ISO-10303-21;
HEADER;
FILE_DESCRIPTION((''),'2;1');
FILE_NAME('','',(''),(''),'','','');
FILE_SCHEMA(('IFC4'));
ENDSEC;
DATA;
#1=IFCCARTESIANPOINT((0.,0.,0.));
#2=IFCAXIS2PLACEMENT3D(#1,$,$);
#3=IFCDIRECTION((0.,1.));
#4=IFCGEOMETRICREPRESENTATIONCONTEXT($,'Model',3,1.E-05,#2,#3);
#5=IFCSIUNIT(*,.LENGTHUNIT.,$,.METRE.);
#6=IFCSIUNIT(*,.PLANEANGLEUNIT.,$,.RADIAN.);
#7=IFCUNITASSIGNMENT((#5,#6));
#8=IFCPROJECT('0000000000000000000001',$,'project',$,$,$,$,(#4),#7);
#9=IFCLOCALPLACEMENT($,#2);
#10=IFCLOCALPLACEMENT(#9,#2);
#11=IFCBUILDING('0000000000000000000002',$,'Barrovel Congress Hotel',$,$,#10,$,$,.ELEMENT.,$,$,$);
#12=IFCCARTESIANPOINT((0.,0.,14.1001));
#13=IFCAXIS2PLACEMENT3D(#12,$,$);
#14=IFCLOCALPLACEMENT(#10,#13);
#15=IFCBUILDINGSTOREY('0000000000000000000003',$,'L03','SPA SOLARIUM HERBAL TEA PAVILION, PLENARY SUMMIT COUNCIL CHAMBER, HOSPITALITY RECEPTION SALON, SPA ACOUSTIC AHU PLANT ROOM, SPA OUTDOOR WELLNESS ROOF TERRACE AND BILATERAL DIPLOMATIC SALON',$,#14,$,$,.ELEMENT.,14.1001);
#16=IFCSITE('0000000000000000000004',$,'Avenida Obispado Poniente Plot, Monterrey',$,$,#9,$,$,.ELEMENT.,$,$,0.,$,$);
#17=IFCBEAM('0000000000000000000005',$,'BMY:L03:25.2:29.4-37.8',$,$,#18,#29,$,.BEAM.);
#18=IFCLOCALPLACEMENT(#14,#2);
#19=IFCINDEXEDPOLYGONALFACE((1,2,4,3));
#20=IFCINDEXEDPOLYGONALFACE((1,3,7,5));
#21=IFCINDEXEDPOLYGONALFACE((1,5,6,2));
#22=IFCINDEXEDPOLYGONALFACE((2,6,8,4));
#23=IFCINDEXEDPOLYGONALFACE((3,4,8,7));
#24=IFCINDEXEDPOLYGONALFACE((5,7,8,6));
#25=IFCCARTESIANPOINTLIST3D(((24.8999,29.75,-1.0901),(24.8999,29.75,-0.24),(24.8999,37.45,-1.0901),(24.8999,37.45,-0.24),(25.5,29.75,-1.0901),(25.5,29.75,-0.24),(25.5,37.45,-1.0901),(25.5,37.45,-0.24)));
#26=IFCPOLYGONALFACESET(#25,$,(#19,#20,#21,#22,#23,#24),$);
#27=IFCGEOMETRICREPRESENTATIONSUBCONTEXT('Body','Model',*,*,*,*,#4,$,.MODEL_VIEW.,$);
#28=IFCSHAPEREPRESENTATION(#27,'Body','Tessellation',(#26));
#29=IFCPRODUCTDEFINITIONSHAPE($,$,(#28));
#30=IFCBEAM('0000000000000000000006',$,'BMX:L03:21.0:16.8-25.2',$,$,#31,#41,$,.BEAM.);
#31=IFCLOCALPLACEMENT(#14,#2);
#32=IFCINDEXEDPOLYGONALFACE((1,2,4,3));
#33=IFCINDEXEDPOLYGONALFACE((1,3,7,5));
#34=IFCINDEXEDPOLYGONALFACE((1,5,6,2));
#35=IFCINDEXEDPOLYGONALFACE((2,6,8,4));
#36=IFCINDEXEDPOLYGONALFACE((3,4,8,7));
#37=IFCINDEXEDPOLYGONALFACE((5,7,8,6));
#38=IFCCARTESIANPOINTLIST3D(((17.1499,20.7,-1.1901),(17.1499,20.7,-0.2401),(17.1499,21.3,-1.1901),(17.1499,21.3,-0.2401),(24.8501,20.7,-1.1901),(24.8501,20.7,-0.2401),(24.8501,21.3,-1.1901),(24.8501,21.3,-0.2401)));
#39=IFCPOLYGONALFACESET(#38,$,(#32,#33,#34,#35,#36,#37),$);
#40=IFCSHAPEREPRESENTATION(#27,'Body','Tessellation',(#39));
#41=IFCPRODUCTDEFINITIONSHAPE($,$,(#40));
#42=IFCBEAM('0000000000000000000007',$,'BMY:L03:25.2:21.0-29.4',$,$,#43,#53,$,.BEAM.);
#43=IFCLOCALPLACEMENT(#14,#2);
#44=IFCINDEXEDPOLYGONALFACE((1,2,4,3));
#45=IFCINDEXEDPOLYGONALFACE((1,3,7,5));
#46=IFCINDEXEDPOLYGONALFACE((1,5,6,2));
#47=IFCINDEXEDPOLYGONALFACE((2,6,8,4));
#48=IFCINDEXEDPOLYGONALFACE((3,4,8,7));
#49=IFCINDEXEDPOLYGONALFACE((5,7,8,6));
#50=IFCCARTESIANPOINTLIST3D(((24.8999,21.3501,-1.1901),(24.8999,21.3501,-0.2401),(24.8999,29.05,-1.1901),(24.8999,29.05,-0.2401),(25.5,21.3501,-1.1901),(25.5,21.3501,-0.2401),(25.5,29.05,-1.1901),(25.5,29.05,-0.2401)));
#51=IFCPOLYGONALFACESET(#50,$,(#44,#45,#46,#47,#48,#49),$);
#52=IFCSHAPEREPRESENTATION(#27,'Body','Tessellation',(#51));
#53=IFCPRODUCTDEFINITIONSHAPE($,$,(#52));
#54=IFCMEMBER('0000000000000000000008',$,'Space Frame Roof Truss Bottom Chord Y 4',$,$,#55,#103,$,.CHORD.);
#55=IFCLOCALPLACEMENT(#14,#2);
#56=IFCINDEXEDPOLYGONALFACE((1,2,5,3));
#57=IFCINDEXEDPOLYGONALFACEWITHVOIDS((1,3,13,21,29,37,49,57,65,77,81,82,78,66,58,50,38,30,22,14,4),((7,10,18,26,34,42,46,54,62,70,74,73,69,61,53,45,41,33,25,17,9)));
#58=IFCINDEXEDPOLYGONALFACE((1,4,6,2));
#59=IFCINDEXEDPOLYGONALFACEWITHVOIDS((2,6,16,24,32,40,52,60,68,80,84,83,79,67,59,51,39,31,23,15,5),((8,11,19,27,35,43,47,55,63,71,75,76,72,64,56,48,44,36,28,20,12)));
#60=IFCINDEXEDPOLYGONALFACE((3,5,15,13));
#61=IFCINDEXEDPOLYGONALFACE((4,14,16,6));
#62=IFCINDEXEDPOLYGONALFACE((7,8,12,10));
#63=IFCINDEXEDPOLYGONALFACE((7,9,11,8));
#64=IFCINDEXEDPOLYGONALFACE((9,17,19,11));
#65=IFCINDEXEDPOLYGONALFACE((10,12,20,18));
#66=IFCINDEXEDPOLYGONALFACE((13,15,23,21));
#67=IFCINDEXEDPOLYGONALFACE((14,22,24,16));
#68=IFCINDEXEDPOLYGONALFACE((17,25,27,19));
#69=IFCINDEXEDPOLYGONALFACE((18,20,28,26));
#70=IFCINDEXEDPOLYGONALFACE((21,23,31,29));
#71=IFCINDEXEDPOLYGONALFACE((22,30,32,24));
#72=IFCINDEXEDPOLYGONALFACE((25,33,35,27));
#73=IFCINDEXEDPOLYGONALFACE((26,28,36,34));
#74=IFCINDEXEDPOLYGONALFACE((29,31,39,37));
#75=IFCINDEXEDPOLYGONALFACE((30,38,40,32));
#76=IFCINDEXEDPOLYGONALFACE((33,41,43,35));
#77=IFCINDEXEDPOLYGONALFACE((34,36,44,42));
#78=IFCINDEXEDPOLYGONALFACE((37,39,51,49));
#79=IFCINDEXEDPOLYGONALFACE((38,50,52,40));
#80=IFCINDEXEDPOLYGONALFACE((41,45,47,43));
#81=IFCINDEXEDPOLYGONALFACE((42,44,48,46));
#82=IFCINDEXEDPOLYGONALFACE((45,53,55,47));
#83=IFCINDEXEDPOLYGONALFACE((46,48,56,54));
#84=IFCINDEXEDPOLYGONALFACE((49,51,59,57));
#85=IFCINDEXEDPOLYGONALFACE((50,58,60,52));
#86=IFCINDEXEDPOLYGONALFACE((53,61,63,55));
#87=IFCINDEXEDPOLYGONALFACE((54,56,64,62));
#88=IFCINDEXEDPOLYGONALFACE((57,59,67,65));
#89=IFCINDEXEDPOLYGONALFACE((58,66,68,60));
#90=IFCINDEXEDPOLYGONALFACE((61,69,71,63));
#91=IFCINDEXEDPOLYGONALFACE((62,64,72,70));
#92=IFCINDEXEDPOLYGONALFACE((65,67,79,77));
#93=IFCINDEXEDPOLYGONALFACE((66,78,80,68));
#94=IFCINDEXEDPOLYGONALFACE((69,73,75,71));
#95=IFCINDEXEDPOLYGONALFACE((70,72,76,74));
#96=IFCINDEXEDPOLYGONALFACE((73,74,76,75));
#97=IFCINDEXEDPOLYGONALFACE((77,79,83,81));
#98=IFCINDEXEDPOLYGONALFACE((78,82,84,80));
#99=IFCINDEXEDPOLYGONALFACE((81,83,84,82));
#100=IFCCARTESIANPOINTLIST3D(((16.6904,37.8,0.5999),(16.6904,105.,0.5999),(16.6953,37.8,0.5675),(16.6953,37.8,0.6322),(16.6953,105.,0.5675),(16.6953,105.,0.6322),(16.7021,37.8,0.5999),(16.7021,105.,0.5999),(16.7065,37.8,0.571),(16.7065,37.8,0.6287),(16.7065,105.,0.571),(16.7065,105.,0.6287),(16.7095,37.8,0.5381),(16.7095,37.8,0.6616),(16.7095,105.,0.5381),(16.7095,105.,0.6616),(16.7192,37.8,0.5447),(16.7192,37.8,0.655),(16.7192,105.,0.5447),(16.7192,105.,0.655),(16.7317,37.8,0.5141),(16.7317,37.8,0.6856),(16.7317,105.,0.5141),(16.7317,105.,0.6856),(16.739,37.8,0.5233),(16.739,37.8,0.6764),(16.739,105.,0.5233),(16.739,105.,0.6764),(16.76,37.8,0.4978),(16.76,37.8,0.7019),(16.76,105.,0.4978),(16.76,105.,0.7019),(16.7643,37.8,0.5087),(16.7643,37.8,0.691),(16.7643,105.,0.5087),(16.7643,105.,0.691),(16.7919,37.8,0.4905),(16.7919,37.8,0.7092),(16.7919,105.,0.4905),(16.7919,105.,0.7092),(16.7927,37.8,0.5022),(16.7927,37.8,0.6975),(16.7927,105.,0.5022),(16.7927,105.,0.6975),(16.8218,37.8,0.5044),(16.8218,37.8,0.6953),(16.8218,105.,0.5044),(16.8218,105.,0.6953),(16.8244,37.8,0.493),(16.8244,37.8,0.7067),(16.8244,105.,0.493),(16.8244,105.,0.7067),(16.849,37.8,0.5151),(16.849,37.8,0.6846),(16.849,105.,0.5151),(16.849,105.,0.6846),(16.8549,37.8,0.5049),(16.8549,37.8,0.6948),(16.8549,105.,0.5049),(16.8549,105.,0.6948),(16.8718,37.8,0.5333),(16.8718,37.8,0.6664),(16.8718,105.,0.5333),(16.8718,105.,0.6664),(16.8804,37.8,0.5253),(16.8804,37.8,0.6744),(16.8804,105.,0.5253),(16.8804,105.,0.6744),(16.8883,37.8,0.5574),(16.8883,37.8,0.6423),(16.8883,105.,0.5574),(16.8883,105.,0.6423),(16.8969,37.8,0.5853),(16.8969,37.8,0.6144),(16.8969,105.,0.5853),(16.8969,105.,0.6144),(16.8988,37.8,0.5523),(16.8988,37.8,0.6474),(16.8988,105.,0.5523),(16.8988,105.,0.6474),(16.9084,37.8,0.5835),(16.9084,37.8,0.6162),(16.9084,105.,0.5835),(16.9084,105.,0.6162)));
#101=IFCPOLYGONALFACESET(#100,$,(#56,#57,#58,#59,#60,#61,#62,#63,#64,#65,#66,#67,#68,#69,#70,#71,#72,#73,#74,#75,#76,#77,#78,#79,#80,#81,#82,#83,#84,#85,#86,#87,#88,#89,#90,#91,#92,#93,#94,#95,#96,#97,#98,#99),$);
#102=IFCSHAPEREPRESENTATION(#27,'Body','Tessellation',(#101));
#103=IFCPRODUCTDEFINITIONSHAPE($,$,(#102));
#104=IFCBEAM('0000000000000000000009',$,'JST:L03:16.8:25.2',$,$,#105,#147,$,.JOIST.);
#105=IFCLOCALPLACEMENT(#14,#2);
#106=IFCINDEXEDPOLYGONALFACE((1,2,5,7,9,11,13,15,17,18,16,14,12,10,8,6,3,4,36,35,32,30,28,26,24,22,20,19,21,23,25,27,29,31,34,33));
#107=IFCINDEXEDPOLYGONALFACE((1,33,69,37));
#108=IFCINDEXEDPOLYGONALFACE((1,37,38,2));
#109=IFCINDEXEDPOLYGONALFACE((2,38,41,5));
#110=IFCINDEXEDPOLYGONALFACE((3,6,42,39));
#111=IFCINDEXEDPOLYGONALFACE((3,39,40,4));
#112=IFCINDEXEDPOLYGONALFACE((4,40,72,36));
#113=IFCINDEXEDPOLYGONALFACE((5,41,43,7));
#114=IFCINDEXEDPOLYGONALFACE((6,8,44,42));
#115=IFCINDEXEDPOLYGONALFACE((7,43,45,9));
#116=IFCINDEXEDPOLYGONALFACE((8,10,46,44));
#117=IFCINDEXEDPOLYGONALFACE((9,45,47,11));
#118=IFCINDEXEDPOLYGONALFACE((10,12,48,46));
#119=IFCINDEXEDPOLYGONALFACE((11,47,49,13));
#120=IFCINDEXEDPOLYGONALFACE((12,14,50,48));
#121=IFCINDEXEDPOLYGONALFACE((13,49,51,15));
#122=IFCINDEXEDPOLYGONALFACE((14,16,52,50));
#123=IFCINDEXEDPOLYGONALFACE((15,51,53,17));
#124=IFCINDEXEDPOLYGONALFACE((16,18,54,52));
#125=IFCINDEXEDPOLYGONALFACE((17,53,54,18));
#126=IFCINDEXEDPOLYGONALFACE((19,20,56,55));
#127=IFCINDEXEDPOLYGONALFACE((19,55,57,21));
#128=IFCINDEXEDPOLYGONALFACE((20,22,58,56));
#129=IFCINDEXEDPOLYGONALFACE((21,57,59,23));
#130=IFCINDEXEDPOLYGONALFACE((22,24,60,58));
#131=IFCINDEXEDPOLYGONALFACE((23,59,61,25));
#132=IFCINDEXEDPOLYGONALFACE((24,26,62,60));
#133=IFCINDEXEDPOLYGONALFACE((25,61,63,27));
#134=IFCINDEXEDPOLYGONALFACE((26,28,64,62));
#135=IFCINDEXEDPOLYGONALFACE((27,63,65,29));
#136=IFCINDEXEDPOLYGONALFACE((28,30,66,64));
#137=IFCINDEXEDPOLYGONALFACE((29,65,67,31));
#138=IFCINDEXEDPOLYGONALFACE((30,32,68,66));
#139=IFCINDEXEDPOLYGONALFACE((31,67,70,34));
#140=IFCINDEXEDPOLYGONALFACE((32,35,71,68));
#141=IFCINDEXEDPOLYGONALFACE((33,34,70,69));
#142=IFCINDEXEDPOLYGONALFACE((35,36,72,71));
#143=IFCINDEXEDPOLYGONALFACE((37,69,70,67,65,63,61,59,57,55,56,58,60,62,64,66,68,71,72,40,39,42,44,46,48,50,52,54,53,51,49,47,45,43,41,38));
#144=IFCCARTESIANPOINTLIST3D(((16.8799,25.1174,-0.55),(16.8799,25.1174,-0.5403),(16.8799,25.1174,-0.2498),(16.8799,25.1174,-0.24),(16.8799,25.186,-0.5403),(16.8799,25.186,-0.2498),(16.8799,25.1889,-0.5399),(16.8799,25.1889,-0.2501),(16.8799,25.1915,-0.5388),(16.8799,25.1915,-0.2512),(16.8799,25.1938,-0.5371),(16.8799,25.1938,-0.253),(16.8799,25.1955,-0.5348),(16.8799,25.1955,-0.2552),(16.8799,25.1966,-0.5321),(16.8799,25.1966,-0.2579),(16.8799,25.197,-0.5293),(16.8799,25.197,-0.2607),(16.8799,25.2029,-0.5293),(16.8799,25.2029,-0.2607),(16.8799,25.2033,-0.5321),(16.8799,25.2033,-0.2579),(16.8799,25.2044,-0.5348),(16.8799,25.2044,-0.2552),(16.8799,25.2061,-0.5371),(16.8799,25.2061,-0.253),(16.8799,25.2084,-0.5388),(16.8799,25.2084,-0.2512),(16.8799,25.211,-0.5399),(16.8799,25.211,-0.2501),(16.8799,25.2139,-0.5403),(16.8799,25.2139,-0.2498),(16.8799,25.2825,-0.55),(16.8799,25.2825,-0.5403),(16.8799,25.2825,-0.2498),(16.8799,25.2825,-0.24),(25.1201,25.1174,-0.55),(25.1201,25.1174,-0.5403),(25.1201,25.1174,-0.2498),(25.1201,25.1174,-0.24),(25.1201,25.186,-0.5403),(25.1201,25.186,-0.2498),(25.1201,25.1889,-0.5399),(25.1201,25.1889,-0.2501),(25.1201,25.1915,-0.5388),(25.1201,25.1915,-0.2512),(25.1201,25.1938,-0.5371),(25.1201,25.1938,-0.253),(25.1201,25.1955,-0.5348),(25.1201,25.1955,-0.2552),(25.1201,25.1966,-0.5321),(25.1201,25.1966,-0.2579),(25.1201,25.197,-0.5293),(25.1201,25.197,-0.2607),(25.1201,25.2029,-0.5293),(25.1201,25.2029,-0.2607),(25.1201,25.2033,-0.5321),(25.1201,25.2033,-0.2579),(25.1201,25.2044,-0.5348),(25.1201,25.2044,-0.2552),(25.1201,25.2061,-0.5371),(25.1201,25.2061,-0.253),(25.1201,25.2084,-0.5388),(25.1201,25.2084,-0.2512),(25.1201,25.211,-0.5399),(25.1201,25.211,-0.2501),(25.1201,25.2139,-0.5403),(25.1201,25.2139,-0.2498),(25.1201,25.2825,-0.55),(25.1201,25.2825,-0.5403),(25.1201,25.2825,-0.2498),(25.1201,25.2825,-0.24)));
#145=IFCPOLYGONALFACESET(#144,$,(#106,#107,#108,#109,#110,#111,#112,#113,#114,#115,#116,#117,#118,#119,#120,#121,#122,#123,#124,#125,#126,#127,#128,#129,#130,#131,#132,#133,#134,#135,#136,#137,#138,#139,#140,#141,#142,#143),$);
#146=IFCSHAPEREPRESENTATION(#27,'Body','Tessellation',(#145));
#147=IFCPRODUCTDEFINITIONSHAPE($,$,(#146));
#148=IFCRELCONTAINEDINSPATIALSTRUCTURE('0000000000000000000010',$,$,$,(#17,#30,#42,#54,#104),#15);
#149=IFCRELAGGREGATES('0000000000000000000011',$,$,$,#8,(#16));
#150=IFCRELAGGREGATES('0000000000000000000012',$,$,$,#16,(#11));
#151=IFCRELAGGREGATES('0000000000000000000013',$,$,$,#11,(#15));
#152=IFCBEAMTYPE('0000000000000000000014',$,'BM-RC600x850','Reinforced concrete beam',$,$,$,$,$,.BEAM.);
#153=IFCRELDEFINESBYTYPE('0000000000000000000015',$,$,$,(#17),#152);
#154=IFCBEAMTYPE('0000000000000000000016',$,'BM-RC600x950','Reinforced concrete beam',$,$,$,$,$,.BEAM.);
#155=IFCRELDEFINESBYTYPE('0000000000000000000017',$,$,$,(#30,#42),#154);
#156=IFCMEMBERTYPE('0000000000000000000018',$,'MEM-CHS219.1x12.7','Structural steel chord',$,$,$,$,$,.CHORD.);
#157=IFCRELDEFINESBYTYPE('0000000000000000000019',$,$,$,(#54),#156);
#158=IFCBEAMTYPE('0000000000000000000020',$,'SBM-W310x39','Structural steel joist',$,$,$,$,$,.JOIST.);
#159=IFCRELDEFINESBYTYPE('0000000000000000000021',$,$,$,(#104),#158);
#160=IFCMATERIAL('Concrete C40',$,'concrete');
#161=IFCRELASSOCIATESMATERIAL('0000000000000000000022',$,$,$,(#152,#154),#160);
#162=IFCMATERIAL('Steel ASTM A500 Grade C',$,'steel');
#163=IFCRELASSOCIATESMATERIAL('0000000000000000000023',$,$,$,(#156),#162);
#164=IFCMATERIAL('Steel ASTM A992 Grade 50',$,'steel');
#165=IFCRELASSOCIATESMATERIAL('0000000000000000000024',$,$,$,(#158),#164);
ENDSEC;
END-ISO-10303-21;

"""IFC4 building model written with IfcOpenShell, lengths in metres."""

from ifc_helpers import new_model, si_unit, direction, frame, origin, origin_2d, place, context, subcontext, project, spatial, rectangle, hollow_circle, i_section, extrude, material, material_profile, profile_set, type_object, element, save


model = new_model("IFC4")

# Units and contexts
model_context = context("Model", 3, precision=1e-05, world=origin(), true_north=direction((0.0, 1.0)))
body_context = subcontext(model_context, "Body", "Model", "MODEL_VIEW")
ifc_project = project(units=[si_unit("LENGTHUNIT", "METRE"), si_unit("PLANEANGLEUNIT", "RADIAN")], contexts=[model_context])

# Site, building, storey
site_placement = place(None, origin())
site = spatial("IfcSite", under=ifc_project, at=site_placement, Name="Avenida Obispado Poniente Plot, Monterrey", CompositionType="ELEMENT", RefElevation=0.0)
building_placement = place(site_placement, origin())
building = spatial("IfcBuilding", under=site, at=building_placement, Name="Barrovel Congress Hotel", CompositionType="ELEMENT")
storey_placement = place(building_placement, frame((0.0, 0.0, 14.1001)))
storey = spatial("IfcBuildingStorey", under=building, at=storey_placement, Name="L03", Description="SPA SOLARIUM HERBAL TEA PAVILION, PLENARY SUMMIT COUNCIL CHAMBER, HOSPITALITY RECEPTION SALON, SPA ACOUSTIC AHU PLANT ROOM, SPA OUTDOOR WELLNESS ROOF TERRACE AND BILATERAL DIPLOMATIC SALON", CompositionType="ELEMENT", Elevation=14.1001)

# Shared definitions
ifc_material_1 = material(Name="Concrete C40", Category="concrete")

# Beams
ifc_material_profile_1 = material_profile(ifc_material_1, rectangle(XDim=0.6001, YDim=0.8501, at=origin_2d()), Name="RC600x850")
ifc_profile_set_1 = profile_set([ifc_material_profile_1], Name="Concrete C40")
beam_type_1 = type_object("IfcBeamType", Name="BM-RC600x850", Description="Reinforced concrete beam", PredefinedType="BEAM", material=ifc_profile_set_1)
for number, where, z_axis, x_axis, name in (
    (1, (25.2, 29.75, -0.665), (0.0, 1.0, 0.0), (-1.0, 0.0, 0.0), "BMY:L03:25.2:29.4-37.8"),
):
    element("IfcBeam", number, at=place(storey_placement, frame(where, z_axis=z_axis, x_axis=x_axis)), inside=storey, type_object=beam_type_1, Name=name, PredefinedType="BEAM", context=body_context, shape_type="SweptSolid", body=[
        extrude(rectangle(XDim=0.6001, YDim=0.8501, at=origin_2d()), origin(), (0.0, 0.0, 1.0), 7.7),
    ])
ifc_material_profile_2 = material_profile(ifc_material_1, rectangle(XDim=0.6001, YDim=0.95, at=origin_2d()), Name="RC600x950")
ifc_profile_set_2 = profile_set([ifc_material_profile_2], Name="Concrete C40")
beam_type_2 = type_object("IfcBeamType", Name="BM-RC600x950", Description="Reinforced concrete beam", PredefinedType="BEAM", material=ifc_profile_set_2)
beam_1_placement = place(storey_placement, frame((17.1499, 21.0, -0.7151), z_axis=(1.0, 0.0, 0.0), x_axis=(0.0, 1.0, 0.0)))
element("IfcBeam", 2, at=beam_1_placement, inside=storey, type_object=beam_type_2, Name="BMX:L03:21.0:16.8-25.2", PredefinedType="BEAM", context=body_context, shape_type="SweptSolid", body=[
    extrude(rectangle(XDim=0.6001, YDim=0.95, at=origin_2d()), origin(), (0.0, 0.0, 1.0), 7.7002),
])
beam_2_placement = place(storey_placement, frame((25.2, 21.3501, -0.7151), z_axis=(0.0, 1.0, 0.0), x_axis=(-1.0, 0.0, 0.0)))
element("IfcBeam", 3, at=beam_2_placement, inside=storey, type_object=beam_type_2, Name="BMY:L03:25.2:21.0-29.4", PredefinedType="BEAM", context=body_context, shape_type="SweptSolid", body=[
    extrude(rectangle(XDim=0.6001, YDim=0.95, at=origin_2d()), origin(), (0.0, 0.0, 1.0), 7.7),
])

# Member
ifc_material_2 = material(Name="Steel ASTM A500 Grade C", Category="steel")
ifc_material_profile_3 = material_profile(ifc_material_2, hollow_circle(Radius=0.1096, WallThickness=0.0117, at=origin_2d()), Name="CHS219.1x12.7")
ifc_profile_set_3 = profile_set([ifc_material_profile_3], Name="Steel ASTM A500 Grade C")
member_type = type_object("IfcMemberType", Name="MEM-CHS219.1x12.7", Description="Structural steel chord", PredefinedType="CHORD", material=ifc_profile_set_3)
member_placement = place(storey_placement, frame((16.8, 37.8, 0.5999), z_axis=(0.0, 1.0, 0.0), x_axis=(-1.0, 0.0, 0.0)))
element("IfcMember", 4, at=member_placement, inside=storey, type_object=member_type, Name="Space Frame Roof Truss Bottom Chord Y 4", PredefinedType="CHORD", context=body_context, shape_type="SweptSolid", body=[
    extrude(hollow_circle(Radius=0.1096, WallThickness=0.0117, at=origin_2d()), origin(), (0.0, 0.0, 1.0), 67.2),
])

# Beam
ifc_material_3 = material(Name="Steel ASTM A992 Grade 50", Category="steel")
ifc_material_profile_4 = material_profile(ifc_material_3, i_section(OverallWidth=0.165, OverallDepth=0.3101, WebThickness=0.0059, FlangeThickness=0.0098, FilletRadius=0.011, at=origin_2d()), Name="W310x39")
ifc_profile_set_4 = profile_set([ifc_material_profile_4], Name="Steel ASTM A992 Grade 50")
beam_type_3 = type_object("IfcBeamType", Name="SBM-W310x39", Description="Structural steel joist", PredefinedType="JOIST", material=ifc_profile_set_4)
beam_3_placement = place(storey_placement, frame((16.8799, 25.2, -0.395), z_axis=(1.0, 0.0, 0.0), x_axis=(0.0, 1.0, 0.0)))
element("IfcBeam", 5, at=beam_3_placement, inside=storey, type_object=beam_type_3, Name="JST:L03:16.8:25.2", PredefinedType="JOIST", context=body_context, shape_type="SweptSolid", body=[
    extrude(i_section(OverallWidth=0.165, OverallDepth=0.3101, WebThickness=0.0059, FlangeThickness=0.0098, FilletRadius=0.011, at=origin_2d()), origin(), (0.0, 0.0, 1.0), 8.2402),
])

save(model, "model.ifc")
